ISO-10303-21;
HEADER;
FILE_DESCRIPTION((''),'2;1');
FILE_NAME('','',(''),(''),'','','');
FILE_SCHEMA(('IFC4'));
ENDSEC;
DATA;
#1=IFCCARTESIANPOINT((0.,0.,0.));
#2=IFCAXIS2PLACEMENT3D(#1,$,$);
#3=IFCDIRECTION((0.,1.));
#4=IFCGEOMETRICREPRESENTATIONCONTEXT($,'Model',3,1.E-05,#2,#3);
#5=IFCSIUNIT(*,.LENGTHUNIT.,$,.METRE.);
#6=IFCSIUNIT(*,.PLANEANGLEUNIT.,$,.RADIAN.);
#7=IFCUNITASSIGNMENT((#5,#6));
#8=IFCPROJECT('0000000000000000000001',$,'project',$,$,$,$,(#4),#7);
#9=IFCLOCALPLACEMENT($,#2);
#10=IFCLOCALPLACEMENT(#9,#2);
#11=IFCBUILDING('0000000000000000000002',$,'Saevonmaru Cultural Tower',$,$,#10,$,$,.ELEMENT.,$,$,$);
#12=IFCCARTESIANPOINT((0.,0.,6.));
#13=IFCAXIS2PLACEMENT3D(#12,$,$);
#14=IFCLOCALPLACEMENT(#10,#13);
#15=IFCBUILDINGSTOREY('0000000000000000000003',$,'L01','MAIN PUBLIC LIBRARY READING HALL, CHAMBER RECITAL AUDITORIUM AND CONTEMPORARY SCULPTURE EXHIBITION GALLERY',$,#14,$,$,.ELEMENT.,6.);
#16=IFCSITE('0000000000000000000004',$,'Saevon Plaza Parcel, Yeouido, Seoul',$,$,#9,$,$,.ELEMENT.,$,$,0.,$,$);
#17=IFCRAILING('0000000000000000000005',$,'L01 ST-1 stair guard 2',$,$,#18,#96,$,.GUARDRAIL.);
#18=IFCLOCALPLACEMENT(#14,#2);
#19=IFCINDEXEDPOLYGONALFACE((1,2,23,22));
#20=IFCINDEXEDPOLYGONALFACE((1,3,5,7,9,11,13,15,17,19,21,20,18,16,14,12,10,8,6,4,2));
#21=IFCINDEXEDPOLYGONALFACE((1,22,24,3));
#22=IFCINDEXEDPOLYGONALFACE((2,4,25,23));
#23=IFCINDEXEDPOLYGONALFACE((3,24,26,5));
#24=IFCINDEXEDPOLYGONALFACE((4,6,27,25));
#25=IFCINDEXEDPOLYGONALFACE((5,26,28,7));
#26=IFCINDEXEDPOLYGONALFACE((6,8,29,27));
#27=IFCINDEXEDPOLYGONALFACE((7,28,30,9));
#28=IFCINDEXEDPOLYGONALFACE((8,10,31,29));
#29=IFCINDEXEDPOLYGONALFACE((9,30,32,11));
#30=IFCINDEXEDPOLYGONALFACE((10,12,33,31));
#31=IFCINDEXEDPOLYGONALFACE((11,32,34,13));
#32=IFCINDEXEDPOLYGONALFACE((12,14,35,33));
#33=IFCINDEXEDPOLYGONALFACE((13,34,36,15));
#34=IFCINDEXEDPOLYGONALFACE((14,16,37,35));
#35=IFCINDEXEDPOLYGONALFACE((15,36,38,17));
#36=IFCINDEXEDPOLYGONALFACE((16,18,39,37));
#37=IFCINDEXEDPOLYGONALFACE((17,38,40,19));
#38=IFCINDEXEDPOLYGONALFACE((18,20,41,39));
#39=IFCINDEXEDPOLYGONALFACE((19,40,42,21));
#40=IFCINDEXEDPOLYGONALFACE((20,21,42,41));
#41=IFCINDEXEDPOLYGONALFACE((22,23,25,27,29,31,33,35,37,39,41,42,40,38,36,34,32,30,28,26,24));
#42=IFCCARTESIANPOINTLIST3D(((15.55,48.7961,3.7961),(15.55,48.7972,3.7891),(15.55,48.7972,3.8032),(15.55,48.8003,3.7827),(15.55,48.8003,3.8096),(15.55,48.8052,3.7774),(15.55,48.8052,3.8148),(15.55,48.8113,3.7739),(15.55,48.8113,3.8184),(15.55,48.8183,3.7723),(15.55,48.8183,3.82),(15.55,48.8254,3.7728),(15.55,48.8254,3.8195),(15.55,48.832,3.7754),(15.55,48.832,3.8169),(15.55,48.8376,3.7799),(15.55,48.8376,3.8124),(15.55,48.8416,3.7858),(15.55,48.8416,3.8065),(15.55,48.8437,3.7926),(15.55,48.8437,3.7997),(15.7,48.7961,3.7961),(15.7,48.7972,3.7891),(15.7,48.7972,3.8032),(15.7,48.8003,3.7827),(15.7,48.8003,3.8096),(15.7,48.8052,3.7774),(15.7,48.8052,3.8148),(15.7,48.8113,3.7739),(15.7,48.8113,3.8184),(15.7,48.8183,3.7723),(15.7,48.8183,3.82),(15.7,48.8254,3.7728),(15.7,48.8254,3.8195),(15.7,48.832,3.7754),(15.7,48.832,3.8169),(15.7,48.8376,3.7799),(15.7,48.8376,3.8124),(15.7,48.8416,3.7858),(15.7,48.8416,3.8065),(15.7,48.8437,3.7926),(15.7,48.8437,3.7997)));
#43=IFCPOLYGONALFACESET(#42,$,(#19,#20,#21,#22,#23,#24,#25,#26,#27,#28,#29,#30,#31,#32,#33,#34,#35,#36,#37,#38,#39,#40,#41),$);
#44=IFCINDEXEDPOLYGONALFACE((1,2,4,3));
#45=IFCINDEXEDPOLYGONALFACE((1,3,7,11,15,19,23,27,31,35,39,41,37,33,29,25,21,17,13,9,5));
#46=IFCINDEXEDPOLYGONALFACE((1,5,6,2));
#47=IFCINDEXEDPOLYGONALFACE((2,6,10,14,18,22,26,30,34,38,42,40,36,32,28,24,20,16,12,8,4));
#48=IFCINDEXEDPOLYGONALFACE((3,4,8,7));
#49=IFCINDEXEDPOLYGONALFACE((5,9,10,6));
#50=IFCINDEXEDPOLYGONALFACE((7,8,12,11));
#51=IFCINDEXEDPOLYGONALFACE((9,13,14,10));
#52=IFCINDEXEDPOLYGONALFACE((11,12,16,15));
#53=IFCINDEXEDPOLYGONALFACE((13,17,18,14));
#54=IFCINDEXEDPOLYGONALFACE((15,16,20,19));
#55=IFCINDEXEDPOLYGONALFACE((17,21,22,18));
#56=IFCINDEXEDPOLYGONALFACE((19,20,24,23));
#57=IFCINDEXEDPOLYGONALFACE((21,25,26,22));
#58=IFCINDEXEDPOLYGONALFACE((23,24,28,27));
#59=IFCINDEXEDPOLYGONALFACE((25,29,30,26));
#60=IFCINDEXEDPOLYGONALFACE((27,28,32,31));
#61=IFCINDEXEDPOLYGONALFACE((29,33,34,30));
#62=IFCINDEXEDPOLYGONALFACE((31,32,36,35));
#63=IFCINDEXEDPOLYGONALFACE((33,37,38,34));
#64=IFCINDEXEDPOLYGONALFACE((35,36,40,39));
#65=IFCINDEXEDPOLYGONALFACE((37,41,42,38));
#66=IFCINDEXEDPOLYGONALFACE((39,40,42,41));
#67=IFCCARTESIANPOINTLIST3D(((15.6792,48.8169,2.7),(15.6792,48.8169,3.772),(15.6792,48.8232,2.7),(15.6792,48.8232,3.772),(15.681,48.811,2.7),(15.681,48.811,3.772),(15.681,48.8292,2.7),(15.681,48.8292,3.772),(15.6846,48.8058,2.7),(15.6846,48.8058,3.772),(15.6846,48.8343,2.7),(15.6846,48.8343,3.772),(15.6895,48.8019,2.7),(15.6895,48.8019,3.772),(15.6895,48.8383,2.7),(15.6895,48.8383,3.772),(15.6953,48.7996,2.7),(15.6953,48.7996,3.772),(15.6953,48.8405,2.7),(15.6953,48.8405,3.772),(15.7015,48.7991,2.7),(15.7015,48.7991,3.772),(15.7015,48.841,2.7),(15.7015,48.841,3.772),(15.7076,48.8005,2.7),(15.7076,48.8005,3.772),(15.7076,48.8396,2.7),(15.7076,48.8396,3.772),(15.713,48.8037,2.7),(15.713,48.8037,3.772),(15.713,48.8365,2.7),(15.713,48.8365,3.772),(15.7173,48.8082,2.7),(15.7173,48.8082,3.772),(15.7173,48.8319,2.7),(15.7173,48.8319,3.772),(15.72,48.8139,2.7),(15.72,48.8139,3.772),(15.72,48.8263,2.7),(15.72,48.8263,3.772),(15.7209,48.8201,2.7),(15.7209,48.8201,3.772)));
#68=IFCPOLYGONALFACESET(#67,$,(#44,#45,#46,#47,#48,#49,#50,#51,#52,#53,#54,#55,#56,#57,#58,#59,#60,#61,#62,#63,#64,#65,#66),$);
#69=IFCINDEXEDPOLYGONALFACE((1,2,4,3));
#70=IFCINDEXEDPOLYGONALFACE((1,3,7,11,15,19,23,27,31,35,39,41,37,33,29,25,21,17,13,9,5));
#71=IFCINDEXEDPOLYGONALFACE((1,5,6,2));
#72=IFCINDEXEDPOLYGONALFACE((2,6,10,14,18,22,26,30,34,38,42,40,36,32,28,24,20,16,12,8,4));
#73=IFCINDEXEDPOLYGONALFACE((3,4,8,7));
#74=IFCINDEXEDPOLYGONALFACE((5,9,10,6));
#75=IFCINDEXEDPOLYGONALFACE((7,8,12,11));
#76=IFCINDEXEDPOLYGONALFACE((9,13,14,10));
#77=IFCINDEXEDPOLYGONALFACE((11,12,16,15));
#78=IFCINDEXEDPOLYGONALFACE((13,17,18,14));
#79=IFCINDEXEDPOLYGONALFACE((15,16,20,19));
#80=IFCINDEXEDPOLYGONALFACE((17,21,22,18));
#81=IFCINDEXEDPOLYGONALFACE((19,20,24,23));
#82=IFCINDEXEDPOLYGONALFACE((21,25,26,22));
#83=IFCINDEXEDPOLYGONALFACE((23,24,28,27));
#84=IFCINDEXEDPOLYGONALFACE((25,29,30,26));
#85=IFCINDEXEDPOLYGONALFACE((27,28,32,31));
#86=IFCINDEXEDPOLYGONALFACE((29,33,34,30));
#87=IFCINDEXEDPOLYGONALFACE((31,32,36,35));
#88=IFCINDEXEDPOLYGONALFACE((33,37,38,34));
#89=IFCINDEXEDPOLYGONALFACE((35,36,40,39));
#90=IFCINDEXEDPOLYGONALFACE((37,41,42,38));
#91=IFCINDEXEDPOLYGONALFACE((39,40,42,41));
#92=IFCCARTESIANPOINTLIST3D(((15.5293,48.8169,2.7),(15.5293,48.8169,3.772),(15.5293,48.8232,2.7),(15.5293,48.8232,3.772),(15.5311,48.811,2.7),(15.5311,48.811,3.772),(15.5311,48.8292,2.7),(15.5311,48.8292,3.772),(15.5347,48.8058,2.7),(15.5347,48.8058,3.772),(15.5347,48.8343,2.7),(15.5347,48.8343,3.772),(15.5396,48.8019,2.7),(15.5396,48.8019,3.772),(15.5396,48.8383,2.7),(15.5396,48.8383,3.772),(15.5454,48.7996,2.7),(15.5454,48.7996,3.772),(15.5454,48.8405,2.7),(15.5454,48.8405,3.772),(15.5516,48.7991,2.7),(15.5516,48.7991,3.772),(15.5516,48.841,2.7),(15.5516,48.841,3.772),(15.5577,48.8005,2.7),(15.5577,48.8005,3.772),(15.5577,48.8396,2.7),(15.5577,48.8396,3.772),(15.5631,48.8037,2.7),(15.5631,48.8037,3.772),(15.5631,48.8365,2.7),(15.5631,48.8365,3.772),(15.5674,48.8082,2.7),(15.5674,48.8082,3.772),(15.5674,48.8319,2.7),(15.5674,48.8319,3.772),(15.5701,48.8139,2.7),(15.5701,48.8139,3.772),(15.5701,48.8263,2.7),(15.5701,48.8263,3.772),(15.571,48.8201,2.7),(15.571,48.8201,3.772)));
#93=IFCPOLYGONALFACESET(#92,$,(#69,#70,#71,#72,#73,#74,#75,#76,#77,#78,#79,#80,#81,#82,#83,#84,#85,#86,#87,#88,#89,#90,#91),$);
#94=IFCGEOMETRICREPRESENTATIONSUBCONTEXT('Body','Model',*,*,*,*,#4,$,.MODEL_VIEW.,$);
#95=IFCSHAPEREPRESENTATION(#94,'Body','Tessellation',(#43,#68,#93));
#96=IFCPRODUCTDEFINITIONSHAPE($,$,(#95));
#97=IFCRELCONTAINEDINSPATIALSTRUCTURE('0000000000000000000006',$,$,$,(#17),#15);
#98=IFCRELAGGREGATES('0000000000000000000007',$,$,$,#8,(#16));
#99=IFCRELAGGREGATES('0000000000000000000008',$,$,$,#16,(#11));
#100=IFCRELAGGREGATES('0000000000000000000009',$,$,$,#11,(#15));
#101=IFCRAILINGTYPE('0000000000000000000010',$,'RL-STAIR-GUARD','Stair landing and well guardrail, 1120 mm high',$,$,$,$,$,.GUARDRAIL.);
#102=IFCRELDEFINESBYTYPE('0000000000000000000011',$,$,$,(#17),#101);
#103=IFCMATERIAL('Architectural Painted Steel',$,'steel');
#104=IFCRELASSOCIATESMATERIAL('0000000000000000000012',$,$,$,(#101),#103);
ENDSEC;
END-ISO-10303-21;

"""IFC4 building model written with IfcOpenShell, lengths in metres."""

from ifc_helpers import new_model, si_unit, direction, frame, origin, origin_2d, place, context, subcontext, project, spatial, circle, extrude, material, type_object, element, save


model = new_model("IFC4")

# Units and contexts
model_context = context("Model", 3, precision=1e-05, world=origin(), true_north=direction((0.0, 1.0)))
body_context = subcontext(model_context, "Body", "Model", "MODEL_VIEW")
ifc_project = project(units=[si_unit("LENGTHUNIT", "METRE"), si_unit("PLANEANGLEUNIT", "RADIAN")], contexts=[model_context])

# Site, building, storey
site_placement = place(None, origin())
site = spatial("IfcSite", under=ifc_project, at=site_placement, Name="Saevon Plaza Parcel, Yeouido, Seoul", CompositionType="ELEMENT", RefElevation=0.0)
building_placement = place(site_placement, origin())
building = spatial("IfcBuilding", under=site, at=building_placement, Name="Saevonmaru Cultural Tower", CompositionType="ELEMENT")
storey_placement = place(building_placement, frame((0.0, 0.0, 6.0)))
storey = spatial("IfcBuildingStorey", under=building, at=storey_placement, Name="L01", Description="MAIN PUBLIC LIBRARY READING HALL, CHAMBER RECITAL AUDITORIUM AND CONTEMPORARY SCULPTURE EXHIBITION GALLERY", CompositionType="ELEMENT", Elevation=6.0)

# Railing
ifc_material_1 = material(Name="Architectural Painted Steel", Category="steel")
railing_type_1 = type_object("IfcRailingType", Name="RL-STAIR-GUARD", Description="Stair landing and well guardrail, 1120 mm high", PredefinedType="GUARDRAIL", material=ifc_material_1)
railing_1_placement = place(storey_placement, frame((15.7, 48.8201, 2.7)))
element("IfcRailing", 1, at=railing_1_placement, inside=storey, type_object=railing_type_1, Name="L01 ST-1 stair guard 2", PredefinedType="GUARDRAIL", context=body_context, shape_type="SweptSolid", body=[
    extrude(circle(Radius=0.0239, at=origin_2d()), frame((0.0, 0.0, 1.0962), z_axis=(-1.0, 0.0, 0.0), x_axis=(0.0, -1.0, 0.0)), (0.0, 0.0, 1.0), 0.1499),
    extrude(circle(Radius=0.021, at=origin_2d()), origin(), (0.0, 0.0, 1.0), 1.072),
    extrude(circle(Radius=0.021, at=origin_2d()), frame((-0.1499, 0.0, 0.0)), (0.0, 0.0, 1.0), 1.072),
])

save(model, "model.ifc")
